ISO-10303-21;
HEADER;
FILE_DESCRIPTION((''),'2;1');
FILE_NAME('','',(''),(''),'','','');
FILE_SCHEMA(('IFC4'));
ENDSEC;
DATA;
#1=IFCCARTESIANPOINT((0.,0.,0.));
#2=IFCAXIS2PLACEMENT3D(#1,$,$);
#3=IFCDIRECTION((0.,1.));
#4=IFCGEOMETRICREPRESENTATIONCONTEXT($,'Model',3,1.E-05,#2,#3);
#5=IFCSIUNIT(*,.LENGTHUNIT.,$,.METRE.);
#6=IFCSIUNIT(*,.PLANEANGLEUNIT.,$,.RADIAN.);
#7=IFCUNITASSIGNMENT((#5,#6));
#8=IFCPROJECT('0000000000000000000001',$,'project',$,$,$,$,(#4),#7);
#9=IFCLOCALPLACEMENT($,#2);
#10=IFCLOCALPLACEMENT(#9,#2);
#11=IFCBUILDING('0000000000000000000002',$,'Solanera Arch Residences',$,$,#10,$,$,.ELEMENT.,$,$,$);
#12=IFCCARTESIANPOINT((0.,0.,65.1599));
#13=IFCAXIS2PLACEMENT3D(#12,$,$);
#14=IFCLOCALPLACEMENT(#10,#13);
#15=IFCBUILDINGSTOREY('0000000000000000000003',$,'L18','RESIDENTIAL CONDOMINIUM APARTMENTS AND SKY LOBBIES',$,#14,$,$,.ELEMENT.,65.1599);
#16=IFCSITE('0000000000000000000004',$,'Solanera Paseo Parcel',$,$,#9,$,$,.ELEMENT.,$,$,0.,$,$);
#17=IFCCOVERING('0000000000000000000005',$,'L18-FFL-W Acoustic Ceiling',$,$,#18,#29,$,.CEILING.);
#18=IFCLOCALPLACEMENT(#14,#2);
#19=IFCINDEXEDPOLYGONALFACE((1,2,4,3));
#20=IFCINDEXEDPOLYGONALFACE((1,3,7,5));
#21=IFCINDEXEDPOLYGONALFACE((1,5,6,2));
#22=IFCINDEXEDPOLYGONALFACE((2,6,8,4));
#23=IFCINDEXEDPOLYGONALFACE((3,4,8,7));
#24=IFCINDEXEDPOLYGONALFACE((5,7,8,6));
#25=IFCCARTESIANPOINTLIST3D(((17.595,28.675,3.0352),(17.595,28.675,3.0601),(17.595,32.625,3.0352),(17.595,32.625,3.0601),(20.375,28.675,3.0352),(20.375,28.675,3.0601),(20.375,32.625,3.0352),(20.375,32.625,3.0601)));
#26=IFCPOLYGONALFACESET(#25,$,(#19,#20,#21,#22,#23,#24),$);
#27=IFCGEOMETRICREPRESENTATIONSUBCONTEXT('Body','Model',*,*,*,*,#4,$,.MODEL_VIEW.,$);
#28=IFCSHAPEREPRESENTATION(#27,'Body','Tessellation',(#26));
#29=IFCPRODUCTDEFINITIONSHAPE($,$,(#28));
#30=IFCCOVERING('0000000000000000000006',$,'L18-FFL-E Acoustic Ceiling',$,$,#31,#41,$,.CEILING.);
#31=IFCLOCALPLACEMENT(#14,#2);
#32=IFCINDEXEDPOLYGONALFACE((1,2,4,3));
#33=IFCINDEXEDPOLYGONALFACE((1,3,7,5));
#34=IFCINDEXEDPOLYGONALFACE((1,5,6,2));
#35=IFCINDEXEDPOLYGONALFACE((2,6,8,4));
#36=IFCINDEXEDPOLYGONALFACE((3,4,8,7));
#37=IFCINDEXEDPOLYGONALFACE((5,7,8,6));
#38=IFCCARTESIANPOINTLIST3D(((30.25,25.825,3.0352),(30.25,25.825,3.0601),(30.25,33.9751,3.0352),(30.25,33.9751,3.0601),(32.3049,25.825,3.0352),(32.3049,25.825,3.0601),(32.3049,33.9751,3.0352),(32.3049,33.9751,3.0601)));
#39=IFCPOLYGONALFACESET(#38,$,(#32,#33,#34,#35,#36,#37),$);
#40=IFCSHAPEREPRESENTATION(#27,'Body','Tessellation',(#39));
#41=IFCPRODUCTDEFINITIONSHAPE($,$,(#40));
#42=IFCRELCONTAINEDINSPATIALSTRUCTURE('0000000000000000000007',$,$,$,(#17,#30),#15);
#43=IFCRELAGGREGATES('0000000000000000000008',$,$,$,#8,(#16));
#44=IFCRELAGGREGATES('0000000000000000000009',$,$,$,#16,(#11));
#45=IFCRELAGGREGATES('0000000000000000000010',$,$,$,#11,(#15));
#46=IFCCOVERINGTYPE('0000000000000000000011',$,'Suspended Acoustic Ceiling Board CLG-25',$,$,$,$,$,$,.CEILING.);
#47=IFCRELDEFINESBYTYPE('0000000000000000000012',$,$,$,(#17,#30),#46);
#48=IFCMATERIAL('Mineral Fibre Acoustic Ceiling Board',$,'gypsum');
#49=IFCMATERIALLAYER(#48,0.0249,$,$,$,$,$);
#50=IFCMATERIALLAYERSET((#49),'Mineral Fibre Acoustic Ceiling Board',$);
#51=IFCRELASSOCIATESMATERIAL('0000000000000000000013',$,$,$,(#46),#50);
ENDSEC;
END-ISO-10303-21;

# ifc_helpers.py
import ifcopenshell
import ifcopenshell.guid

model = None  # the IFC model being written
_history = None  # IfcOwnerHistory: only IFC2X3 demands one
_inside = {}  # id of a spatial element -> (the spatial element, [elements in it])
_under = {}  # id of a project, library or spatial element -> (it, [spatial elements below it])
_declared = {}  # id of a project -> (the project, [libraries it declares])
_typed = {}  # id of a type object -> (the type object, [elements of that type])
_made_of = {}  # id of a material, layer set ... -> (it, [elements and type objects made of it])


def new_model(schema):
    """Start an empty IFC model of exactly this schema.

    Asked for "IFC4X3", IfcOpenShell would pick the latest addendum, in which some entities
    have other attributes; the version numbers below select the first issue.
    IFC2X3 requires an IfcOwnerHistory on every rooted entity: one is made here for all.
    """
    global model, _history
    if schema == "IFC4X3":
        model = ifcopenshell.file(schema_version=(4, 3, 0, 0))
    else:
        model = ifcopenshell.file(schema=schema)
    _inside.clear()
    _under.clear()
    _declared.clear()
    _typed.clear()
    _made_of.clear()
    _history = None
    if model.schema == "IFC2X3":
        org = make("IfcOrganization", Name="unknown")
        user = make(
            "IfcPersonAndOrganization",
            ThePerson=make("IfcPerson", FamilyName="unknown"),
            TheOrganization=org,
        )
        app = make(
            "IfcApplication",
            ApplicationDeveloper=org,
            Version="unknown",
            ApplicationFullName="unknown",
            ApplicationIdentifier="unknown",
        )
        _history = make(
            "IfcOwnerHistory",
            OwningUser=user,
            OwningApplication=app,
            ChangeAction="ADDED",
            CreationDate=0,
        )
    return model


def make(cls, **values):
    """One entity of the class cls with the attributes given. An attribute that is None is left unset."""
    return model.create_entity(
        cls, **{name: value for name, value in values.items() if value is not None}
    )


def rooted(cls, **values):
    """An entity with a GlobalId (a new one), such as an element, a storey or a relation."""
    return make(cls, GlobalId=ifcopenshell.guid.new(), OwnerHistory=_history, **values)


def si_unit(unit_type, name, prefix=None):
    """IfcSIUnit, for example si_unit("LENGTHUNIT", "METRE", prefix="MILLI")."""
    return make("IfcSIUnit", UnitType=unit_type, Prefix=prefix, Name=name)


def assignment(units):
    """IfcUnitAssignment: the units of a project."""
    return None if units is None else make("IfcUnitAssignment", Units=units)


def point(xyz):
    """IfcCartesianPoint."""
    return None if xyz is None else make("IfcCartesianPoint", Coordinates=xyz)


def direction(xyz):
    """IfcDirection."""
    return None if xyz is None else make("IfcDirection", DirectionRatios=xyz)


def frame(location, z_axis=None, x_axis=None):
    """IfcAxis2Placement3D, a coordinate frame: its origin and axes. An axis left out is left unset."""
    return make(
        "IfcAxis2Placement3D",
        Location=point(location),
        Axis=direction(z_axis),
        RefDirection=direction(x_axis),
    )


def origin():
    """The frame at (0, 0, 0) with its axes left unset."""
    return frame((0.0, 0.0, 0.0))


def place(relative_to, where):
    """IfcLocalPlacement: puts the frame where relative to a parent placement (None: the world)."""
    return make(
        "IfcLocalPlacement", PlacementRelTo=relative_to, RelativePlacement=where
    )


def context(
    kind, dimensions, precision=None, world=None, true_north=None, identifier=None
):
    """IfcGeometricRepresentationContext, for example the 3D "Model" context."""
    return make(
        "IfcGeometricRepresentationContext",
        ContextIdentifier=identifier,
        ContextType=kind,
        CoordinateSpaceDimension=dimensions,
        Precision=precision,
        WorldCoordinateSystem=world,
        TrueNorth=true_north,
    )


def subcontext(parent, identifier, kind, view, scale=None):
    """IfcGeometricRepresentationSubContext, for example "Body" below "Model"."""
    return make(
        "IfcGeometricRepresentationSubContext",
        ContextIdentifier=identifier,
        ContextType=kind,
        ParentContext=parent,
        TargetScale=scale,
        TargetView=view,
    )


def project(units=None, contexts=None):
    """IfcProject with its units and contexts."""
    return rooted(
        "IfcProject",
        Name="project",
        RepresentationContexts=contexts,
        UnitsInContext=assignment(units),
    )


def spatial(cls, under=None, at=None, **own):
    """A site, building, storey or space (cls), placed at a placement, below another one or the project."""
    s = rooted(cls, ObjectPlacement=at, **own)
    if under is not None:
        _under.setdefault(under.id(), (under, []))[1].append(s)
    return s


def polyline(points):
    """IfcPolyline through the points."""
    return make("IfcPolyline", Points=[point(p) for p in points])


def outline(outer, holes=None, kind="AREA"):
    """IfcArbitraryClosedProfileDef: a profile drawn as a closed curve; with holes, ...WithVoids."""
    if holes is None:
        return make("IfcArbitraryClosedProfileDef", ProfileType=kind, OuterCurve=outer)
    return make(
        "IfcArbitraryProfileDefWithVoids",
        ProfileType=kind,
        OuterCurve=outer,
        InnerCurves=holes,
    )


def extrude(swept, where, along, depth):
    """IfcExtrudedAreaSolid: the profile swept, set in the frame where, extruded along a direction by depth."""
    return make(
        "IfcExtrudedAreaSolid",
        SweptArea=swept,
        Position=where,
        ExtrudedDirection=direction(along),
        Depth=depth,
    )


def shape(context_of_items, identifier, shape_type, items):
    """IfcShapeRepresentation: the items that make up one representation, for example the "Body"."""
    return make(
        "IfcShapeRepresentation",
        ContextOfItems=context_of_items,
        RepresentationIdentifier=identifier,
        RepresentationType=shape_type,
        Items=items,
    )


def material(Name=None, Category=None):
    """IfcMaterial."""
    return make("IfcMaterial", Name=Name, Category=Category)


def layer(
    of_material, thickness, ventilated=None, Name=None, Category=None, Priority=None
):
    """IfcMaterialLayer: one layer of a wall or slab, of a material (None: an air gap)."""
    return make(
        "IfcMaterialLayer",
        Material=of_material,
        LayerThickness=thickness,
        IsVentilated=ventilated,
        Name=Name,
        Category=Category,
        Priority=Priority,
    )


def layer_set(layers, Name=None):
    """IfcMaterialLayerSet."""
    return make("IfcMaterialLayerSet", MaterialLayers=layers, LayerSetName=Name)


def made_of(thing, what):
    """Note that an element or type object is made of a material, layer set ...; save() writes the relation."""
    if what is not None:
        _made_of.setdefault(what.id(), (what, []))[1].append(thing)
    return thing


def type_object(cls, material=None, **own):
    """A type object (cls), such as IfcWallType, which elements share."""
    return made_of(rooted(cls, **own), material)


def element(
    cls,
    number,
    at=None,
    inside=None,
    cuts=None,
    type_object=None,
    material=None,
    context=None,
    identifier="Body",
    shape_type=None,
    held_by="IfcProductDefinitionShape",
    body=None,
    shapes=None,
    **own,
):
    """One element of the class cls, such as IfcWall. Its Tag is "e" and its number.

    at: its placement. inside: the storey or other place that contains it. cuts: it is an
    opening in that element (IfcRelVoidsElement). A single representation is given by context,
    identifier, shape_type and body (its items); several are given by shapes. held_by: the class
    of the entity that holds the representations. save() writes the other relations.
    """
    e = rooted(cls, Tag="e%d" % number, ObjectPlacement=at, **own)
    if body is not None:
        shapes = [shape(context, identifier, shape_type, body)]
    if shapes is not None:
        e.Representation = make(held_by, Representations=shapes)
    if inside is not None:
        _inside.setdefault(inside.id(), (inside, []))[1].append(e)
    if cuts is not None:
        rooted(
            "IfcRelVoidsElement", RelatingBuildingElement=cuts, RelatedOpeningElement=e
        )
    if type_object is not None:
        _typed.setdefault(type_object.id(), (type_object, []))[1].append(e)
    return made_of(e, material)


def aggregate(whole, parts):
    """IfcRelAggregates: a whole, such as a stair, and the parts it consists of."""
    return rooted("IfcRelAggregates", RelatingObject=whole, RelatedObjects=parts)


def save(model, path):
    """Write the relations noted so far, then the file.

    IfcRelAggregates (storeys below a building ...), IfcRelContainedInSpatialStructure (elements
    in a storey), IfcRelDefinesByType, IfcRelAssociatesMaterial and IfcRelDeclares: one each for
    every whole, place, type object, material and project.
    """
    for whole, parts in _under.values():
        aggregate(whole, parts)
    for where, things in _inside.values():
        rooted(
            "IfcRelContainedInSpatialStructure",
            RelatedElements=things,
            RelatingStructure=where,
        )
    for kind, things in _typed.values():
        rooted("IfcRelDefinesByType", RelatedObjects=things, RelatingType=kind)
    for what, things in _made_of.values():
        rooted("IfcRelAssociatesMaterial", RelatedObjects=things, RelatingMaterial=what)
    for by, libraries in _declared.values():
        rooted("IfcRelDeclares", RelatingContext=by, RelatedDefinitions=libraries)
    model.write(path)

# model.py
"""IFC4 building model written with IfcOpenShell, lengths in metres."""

from ifc_helpers import new_model, si_unit, direction, frame, origin, place, context, subcontext, project, spatial, polyline, outline, extrude, material, layer, layer_set, type_object, element, save


model = new_model("IFC4")

# Units and contexts
model_context = context("Model", 3, precision=1e-05, world=origin(), true_north=direction((0.0, 1.0)))
body_context = subcontext(model_context, "Body", "Model", "MODEL_VIEW")
ifc_project = project(units=[si_unit("LENGTHUNIT", "METRE"), si_unit("PLANEANGLEUNIT", "RADIAN")], contexts=[model_context])

# Site, building, storey
site_placement = place(None, origin())
site = spatial("IfcSite", under=ifc_project, at=site_placement, Name="Solanera Paseo Parcel", CompositionType="ELEMENT", RefElevation=0.0)
building_placement = place(site_placement, origin())
building = spatial("IfcBuilding", under=site, at=building_placement, Name="Solanera Arch Residences", CompositionType="ELEMENT")
storey_placement = place(building_placement, frame((0.0, 0.0, 65.1599)))
storey = spatial("IfcBuildingStorey", under=building, at=storey_placement, Name="L18", Description="RESIDENTIAL CONDOMINIUM APARTMENTS AND SKY LOBBIES", CompositionType="ELEMENT", Elevation=65.1599)

# Coverings
ifc_material_1 = material(Name="Mineral Fibre Acoustic Ceiling Board", Category="gypsum")
ifc_layer_1 = layer(ifc_material_1, 0.0249)
ifc_layer_set_1 = layer_set([ifc_layer_1], Name="Mineral Fibre Acoustic Ceiling Board")
covering_type_1 = type_object("IfcCoveringType", Name="Suspended Acoustic Ceiling Board CLG-25", PredefinedType="CEILING", material=ifc_layer_set_1)
covering_1_placement = place(storey_placement, frame((0.0, 0.0, 3.0352)))
element("IfcCovering", 1, at=covering_1_placement, inside=storey, type_object=covering_type_1, Name="L18-FFL-W Acoustic Ceiling", PredefinedType="CEILING", context=body_context, shape_type="SweptSolid", body=[
    extrude(outline(polyline([(20.375, 28.675), (17.595, 28.675), (17.595, 32.625), (20.375, 32.625), (20.375, 28.675)])), origin(), (0.0, 0.0, 1.0), 0.0249),
])
covering_2_placement = place(storey_placement, frame((0.0, 0.0, 3.0352)))
element("IfcCovering", 2, at=covering_2_placement, inside=storey, type_object=covering_type_1, Name="L18-FFL-E Acoustic Ceiling", PredefinedType="CEILING", context=body_context, shape_type="SweptSolid", body=[
    extrude(outline(polyline([(32.3049, 25.825), (30.25, 25.825), (30.25, 33.9751), (32.3049, 33.9751), (32.3049, 25.825)])), origin(), (0.0, 0.0, 1.0), 0.0249),
])

save(model, "model.ifc")
